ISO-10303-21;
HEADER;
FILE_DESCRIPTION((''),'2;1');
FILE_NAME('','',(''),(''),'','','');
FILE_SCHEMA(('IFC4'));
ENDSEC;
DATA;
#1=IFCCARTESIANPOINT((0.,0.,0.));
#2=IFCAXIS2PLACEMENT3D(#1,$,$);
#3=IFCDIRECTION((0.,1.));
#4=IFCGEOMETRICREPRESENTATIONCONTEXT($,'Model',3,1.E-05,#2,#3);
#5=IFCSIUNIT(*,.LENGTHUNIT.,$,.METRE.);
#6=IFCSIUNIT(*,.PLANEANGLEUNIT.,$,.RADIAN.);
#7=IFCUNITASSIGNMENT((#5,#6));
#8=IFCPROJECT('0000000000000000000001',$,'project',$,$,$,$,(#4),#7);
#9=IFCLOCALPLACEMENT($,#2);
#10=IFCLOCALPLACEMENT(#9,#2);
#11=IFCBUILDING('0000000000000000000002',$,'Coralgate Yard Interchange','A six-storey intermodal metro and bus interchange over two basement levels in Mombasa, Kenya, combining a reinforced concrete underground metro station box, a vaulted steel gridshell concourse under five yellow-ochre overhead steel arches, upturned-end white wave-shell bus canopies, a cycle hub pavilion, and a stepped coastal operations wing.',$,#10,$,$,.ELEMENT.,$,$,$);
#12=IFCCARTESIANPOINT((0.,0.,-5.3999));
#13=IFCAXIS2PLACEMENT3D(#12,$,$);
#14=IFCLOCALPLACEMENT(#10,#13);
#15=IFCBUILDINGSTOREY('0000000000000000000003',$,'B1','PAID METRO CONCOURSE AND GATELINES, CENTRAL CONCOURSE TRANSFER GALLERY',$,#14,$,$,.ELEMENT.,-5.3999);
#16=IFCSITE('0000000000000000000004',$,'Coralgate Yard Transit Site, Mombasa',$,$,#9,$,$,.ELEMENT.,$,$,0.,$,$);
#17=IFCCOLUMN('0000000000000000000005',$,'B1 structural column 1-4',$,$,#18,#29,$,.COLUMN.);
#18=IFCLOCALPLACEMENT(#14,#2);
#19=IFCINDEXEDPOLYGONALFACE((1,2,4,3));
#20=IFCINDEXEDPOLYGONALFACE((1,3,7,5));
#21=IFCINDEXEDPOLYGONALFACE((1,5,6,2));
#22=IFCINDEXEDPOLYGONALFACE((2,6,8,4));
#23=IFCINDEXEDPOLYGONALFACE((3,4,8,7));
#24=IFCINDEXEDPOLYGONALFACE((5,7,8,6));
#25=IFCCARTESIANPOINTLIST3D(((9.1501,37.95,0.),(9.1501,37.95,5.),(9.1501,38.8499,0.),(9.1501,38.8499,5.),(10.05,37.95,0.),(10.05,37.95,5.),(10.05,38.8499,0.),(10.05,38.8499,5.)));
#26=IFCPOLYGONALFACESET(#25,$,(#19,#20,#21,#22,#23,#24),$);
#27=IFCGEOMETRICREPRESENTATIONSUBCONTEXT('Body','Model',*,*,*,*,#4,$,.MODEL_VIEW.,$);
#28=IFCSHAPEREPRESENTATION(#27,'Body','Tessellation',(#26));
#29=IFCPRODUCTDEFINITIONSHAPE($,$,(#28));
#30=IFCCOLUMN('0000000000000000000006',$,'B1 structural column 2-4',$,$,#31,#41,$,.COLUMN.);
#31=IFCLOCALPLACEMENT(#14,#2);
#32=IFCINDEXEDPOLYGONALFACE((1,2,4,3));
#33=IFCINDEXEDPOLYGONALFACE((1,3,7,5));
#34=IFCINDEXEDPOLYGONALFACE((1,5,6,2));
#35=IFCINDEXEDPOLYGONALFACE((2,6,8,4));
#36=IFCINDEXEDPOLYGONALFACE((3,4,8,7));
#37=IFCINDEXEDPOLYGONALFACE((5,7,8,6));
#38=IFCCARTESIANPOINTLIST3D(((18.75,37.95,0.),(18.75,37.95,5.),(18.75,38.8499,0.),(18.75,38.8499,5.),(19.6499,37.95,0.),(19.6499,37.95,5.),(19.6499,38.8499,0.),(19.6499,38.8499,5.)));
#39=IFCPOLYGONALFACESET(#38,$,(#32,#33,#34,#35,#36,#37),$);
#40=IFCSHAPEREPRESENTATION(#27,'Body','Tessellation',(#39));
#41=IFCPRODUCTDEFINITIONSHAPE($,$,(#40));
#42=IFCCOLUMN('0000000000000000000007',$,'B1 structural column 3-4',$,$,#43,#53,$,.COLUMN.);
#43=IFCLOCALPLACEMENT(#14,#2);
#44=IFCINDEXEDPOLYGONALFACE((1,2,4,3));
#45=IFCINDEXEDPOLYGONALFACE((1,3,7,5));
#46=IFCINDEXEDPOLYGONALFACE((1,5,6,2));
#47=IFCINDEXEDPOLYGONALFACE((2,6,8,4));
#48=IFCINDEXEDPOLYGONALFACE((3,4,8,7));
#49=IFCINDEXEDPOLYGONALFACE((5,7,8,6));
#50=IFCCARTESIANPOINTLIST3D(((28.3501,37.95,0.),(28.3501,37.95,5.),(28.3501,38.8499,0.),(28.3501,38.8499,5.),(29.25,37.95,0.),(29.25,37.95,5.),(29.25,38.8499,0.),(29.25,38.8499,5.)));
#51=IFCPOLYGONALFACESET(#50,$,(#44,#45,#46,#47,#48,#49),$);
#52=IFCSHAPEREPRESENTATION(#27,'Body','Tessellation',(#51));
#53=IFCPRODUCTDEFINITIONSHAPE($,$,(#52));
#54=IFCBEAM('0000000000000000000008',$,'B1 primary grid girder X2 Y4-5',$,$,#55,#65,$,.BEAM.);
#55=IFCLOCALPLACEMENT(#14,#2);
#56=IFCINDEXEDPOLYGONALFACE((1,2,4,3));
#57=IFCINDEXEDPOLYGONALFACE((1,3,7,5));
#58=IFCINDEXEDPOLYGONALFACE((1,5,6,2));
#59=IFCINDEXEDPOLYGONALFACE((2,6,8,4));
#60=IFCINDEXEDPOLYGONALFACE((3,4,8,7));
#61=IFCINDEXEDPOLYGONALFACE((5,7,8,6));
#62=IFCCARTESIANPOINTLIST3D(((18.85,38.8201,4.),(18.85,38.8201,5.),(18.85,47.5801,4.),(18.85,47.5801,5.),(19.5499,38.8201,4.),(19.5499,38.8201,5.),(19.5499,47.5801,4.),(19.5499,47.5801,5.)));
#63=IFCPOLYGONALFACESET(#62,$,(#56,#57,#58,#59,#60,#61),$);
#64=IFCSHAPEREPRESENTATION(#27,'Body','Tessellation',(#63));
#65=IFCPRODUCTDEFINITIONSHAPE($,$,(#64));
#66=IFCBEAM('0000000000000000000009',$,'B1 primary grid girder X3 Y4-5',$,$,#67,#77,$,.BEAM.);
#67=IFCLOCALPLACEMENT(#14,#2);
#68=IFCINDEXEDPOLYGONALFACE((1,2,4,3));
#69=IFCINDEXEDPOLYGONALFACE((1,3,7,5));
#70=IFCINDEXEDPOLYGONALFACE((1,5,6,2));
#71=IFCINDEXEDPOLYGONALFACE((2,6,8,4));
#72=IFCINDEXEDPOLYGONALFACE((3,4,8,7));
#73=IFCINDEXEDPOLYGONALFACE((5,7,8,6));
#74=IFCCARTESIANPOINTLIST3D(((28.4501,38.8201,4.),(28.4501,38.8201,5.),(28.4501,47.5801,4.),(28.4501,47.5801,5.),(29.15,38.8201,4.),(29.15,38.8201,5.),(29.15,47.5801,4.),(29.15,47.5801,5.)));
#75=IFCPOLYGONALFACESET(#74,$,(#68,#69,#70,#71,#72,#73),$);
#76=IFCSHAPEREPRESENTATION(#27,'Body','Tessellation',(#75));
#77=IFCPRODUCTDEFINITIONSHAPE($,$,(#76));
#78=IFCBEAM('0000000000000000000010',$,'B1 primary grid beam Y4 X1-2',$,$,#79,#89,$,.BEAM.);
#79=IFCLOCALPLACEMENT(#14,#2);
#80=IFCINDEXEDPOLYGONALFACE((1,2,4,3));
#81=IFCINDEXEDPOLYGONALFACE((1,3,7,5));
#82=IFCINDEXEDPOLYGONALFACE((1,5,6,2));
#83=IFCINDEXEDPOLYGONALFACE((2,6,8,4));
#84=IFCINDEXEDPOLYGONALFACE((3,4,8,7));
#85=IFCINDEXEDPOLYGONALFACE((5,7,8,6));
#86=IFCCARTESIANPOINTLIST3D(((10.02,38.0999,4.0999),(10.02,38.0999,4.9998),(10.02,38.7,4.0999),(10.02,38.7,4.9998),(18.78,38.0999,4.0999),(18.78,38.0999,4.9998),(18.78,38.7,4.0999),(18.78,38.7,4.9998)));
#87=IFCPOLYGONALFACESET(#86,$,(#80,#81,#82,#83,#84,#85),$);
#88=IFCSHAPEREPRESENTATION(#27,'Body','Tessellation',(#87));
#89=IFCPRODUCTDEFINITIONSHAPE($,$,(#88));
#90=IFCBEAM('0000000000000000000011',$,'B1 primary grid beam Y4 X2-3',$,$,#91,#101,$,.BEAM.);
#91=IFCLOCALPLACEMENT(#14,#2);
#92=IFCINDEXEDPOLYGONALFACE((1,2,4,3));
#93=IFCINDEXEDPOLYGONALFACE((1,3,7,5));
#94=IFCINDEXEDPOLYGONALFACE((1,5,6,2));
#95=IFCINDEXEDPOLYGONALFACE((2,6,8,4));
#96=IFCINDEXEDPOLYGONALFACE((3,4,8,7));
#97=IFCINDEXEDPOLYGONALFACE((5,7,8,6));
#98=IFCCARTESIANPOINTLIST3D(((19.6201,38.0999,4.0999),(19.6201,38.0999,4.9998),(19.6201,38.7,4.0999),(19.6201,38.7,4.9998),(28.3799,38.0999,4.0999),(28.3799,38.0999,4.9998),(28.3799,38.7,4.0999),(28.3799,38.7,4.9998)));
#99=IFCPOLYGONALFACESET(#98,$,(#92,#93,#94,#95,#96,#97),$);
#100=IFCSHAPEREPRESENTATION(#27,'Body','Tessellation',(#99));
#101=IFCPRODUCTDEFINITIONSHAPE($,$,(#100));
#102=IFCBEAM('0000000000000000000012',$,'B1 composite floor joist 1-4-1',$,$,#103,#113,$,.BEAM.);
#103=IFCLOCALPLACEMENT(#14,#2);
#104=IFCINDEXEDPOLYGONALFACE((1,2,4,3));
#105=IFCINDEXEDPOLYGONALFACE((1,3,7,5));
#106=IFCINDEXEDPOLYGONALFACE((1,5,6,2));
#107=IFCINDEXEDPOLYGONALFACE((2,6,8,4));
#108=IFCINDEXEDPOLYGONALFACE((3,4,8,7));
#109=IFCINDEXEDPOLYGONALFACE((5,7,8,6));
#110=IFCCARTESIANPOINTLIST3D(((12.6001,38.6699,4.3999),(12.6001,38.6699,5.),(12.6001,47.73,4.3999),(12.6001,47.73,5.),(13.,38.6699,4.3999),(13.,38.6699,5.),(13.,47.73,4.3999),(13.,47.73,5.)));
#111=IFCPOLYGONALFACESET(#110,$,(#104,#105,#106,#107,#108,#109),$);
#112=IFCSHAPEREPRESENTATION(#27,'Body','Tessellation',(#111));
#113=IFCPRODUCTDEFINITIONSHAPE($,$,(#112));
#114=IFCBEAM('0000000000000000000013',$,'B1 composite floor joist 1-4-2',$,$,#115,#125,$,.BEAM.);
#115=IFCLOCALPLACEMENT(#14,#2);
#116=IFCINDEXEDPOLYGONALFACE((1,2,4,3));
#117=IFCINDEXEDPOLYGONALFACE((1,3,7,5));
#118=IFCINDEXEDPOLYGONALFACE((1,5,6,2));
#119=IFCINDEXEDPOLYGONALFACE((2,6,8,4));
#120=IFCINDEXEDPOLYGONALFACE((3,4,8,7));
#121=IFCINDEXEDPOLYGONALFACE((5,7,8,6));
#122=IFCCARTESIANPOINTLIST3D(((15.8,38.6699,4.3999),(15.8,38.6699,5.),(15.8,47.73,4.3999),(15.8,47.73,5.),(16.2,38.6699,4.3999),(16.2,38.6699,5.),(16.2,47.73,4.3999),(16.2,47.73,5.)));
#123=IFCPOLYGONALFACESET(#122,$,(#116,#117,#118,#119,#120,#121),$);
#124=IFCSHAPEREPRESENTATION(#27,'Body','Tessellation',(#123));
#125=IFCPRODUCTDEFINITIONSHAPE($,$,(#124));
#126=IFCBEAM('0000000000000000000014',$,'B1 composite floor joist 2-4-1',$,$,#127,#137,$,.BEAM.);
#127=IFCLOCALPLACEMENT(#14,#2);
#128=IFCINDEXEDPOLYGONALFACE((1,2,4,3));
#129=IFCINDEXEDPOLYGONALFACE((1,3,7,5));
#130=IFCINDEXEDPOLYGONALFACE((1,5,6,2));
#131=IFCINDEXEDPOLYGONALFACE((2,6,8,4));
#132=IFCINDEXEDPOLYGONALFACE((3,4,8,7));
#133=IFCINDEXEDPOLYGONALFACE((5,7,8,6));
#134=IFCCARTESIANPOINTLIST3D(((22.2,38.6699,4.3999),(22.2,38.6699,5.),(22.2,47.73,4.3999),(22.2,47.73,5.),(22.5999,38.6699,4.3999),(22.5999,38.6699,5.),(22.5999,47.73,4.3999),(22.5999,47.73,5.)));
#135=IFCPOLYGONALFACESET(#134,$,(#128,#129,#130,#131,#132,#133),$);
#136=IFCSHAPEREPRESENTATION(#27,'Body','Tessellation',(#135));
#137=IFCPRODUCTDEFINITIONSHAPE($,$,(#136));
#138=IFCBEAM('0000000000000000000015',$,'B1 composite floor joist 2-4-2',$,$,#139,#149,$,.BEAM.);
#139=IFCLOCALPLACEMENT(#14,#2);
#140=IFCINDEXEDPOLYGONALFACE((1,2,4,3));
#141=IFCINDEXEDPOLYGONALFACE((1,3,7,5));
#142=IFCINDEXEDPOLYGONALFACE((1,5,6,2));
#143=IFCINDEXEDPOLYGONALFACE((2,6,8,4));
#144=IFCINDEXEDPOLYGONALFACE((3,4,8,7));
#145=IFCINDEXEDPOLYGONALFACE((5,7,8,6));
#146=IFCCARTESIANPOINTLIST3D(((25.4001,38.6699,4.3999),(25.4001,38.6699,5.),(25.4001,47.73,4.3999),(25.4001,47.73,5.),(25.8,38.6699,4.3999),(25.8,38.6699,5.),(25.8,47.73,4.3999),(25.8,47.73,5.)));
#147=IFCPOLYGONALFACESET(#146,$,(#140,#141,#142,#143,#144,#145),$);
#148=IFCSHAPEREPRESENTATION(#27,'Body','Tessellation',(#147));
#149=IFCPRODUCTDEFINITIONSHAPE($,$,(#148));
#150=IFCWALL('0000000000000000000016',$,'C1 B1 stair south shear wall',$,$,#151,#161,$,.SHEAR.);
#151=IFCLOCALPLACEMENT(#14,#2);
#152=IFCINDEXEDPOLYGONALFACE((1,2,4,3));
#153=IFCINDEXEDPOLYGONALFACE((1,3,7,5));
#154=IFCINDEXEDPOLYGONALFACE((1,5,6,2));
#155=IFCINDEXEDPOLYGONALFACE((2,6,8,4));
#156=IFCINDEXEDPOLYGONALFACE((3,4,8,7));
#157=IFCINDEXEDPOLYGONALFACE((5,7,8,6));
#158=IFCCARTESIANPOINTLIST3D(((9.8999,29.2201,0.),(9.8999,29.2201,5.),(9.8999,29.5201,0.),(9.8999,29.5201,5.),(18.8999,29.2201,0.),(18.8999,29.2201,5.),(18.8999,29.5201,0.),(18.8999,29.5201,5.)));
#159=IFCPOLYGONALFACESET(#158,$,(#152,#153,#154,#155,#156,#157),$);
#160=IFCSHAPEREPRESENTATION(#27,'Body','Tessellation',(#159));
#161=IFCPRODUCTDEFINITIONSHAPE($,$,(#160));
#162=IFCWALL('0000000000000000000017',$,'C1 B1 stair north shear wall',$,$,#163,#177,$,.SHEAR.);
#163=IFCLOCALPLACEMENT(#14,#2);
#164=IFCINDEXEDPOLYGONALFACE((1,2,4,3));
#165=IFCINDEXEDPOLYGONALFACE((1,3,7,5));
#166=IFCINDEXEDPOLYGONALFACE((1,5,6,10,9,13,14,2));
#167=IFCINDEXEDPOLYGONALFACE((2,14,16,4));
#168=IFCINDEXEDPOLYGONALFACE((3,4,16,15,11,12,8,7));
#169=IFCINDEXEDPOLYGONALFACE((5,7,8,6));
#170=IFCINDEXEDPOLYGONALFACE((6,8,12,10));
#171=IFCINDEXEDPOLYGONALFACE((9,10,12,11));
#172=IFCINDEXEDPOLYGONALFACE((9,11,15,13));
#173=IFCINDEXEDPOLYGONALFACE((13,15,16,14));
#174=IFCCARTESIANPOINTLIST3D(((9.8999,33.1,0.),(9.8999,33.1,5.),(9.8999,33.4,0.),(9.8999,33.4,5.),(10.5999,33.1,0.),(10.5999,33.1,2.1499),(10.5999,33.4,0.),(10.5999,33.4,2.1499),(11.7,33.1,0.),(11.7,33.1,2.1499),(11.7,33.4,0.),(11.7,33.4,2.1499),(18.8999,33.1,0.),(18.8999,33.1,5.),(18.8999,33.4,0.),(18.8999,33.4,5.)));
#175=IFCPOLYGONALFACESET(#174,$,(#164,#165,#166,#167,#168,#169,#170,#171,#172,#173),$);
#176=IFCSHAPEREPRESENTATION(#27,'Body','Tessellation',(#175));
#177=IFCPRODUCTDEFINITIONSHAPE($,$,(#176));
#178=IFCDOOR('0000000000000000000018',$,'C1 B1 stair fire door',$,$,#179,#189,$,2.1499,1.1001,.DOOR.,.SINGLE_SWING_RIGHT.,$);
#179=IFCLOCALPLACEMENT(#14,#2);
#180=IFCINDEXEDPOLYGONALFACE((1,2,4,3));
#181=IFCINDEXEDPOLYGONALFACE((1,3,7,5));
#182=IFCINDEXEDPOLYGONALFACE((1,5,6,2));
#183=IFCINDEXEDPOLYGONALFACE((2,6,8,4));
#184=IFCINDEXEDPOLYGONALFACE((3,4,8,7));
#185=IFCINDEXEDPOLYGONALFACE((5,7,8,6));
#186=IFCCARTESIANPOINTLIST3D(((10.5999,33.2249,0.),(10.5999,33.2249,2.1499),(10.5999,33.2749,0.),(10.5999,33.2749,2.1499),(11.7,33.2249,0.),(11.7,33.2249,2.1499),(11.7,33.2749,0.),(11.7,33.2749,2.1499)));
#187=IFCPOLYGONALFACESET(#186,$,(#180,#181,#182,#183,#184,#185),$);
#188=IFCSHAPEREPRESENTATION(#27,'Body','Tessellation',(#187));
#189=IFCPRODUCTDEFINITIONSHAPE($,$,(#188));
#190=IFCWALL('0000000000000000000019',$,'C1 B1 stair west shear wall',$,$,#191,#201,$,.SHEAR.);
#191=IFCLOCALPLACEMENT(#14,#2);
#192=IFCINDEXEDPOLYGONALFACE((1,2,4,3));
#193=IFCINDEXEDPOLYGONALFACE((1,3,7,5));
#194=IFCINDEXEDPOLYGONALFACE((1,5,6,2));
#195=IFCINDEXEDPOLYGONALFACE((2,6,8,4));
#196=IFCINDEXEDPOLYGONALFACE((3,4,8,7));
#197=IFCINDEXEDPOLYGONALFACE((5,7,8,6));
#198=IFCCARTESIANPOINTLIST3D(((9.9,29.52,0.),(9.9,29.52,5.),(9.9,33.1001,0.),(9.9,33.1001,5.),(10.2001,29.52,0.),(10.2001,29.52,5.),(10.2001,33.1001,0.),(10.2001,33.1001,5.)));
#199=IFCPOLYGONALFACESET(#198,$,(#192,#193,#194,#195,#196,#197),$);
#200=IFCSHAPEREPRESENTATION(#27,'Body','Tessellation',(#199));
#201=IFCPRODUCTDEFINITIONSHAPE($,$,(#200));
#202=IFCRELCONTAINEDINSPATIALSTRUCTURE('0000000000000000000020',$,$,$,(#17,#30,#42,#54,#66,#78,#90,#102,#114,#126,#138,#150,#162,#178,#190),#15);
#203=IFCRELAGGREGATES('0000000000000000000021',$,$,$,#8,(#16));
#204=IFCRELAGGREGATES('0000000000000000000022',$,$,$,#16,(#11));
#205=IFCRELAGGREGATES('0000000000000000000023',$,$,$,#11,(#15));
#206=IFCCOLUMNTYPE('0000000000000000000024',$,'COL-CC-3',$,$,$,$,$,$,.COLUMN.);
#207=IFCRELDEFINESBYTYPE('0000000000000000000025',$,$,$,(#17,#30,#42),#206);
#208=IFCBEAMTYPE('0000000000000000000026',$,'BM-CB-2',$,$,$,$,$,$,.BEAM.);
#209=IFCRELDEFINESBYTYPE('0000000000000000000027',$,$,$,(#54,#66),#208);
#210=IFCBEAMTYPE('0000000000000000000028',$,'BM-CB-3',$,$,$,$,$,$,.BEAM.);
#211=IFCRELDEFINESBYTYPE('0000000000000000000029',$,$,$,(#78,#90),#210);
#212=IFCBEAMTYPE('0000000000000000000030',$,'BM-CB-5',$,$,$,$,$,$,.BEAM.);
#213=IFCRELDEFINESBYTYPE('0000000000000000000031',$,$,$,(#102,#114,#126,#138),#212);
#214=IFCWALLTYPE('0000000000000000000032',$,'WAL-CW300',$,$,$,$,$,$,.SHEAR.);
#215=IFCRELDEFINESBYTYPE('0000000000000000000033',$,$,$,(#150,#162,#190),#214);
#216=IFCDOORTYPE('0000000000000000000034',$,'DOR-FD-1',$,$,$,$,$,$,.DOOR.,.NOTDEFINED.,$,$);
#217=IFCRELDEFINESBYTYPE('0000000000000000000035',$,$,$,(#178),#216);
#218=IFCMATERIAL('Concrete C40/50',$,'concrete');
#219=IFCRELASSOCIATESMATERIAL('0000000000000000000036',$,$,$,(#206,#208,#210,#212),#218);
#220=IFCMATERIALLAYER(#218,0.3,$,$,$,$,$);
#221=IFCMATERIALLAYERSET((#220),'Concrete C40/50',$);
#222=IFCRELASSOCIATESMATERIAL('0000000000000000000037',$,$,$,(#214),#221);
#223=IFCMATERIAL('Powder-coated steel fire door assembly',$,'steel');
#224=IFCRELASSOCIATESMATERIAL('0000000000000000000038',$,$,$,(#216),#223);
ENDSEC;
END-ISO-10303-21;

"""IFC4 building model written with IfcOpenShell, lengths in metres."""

from ifc_helpers import new_model, si_unit, direction, frame, frame_2d, origin, origin_2d, place, context, subcontext, project, spatial, rectangle, extrude, material, layer, layer_set, material_profile, profile_set, type_object, element, fill, save


model = new_model("IFC4")

# Units and contexts
model_context = context("Model", 3, precision=1e-05, world=origin(), true_north=direction((0.0, 1.0)))
body_context = subcontext(model_context, "Body", "Model", "MODEL_VIEW")
ifc_project = project(units=[si_unit("LENGTHUNIT", "METRE"), si_unit("PLANEANGLEUNIT", "RADIAN")], contexts=[model_context])

# Site, building, storey
site_placement = place(None, origin())
site = spatial("IfcSite", under=ifc_project, at=site_placement, Name="Coralgate Yard Transit Site, Mombasa", CompositionType="ELEMENT", RefElevation=0.0)
building_placement = place(site_placement, origin())
building = spatial("IfcBuilding", under=site, at=building_placement, Name="Coralgate Yard Interchange", Description="A six-storey intermodal metro and bus interchange over two basement levels in Mombasa, Kenya, combining a reinforced concrete underground metro station box, a vaulted steel gridshell concourse under five yellow-ochre overhead steel arches, upturned-end white wave-shell bus canopies, a cycle hub pavilion, and a stepped coastal operations wing.", CompositionType="ELEMENT")
storey_placement = place(building_placement, frame((0.0, 0.0, -5.3999)))
storey = spatial("IfcBuildingStorey", under=building, at=storey_placement, Name="B1", Description="PAID METRO CONCOURSE AND GATELINES, CENTRAL CONCOURSE TRANSFER GALLERY", CompositionType="ELEMENT", Elevation=-5.3999)

# Columns
ifc_material_1 = material(Name="Concrete C40/50", Category="concrete")
ifc_material_profile_1 = material_profile(ifc_material_1, rectangle(XDim=0.8999, YDim=0.8999, at=origin_2d()), Name="RC 900x900")
ifc_profile_set_1 = profile_set([ifc_material_profile_1], Name="Concrete C40/50")
column_type = type_object("IfcColumnType", Name="COL-CC-3", PredefinedType="COLUMN", material=ifc_profile_set_1)
for number, where, z_axis, x_axis, name in (
    (1, (9.6001, 38.3999, 0.0), (0.0, 0.0, 1.0), (1.0, 0.0, 0.0), "B1 structural column 1-4"),
    (2, (19.2, 38.3999, 0.0), (0.0, 0.0, 1.0), (1.0, 0.0, 0.0), "B1 structural column 2-4"),
    (3, (28.8, 38.3999, 0.0), (0.0, 0.0, 1.0), (1.0, 0.0, 0.0), "B1 structural column 3-4"),
):
    element("IfcColumn", number, at=place(storey_placement, frame(where, z_axis=z_axis, x_axis=x_axis)), inside=storey, type_object=column_type, Name=name, PredefinedType="COLUMN", context=body_context, shape_type="SweptSolid", body=[
        extrude(rectangle(XDim=0.8999, YDim=0.8999, at=origin_2d()), origin(), (0.0, 0.0, 1.0), 5.0),
    ])

# Beams
ifc_material_profile_2 = material_profile(ifc_material_1, rectangle(XDim=0.7, YDim=1.0, at=origin_2d()), Name="RC 700x1000")
ifc_profile_set_2 = profile_set([ifc_material_profile_2], Name="Concrete C40/50")
beam_type_1 = type_object("IfcBeamType", Name="BM-CB-2", PredefinedType="BEAM", material=ifc_profile_set_2)
for number, where, z_axis, x_axis, name in (
    (4, (19.2, 38.8201, 4.5), (0.0, 1.0, 0.0), (-1.0, 0.0, 0.0), "B1 primary grid girder X2 Y4-5"),
    (5, (28.8, 38.8201, 4.5), (0.0, 1.0, 0.0), (-1.0, 0.0, 0.0), "B1 primary grid girder X3 Y4-5"),
):
    element("IfcBeam", number, at=place(storey_placement, frame(where, z_axis=z_axis, x_axis=x_axis)), inside=storey, type_object=beam_type_1, Name=name, PredefinedType="BEAM", context=body_context, shape_type="SweptSolid", body=[
        extrude(rectangle(XDim=0.7, YDim=1.0, at=origin_2d()), origin(), (0.0, 0.0, 1.0), 8.76),
    ])
ifc_material_profile_3 = material_profile(ifc_material_1, rectangle(XDim=0.6001, YDim=0.8999, at=origin_2d()), Name="RC 600x900")
ifc_profile_set_3 = profile_set([ifc_material_profile_3], Name="Concrete C40/50")
beam_type_2 = type_object("IfcBeamType", Name="BM-CB-3", PredefinedType="BEAM", material=ifc_profile_set_3)
beam_1_placement = place(storey_placement, frame((10.02, 38.3999, 4.5498), z_axis=(1.0, 0.0, 0.0), x_axis=(0.0, 1.0, 0.0)))
element("IfcBeam", 6, at=beam_1_placement, inside=storey, type_object=beam_type_2, Name="B1 primary grid beam Y4 X1-2", PredefinedType="BEAM", context=body_context, shape_type="SweptSolid", body=[
    extrude(rectangle(XDim=0.6001, YDim=0.8999, at=origin_2d()), origin(), (0.0, 0.0, 1.0), 8.76),
])
beam_2_placement = place(storey_placement, frame((19.6201, 38.3999, 4.5498), z_axis=(1.0, 0.0, 0.0), x_axis=(0.0, 1.0, 0.0)))
element("IfcBeam", 7, at=beam_2_placement, inside=storey, type_object=beam_type_2, Name="B1 primary grid beam Y4 X2-3", PredefinedType="BEAM", context=body_context, shape_type="SweptSolid", body=[
    extrude(rectangle(XDim=0.6001, YDim=0.8999, at=origin_2d()), origin(), (0.0, 0.0, 1.0), 8.7598),
])
ifc_material_profile_4 = material_profile(ifc_material_1, rectangle(XDim=0.3999, YDim=0.6001, at=origin_2d()), Name="RC 400x600")
ifc_profile_set_4 = profile_set([ifc_material_profile_4], Name="Concrete C40/50")
beam_type_3 = type_object("IfcBeamType", Name="BM-CB-5", PredefinedType="BEAM", material=ifc_profile_set_4)
for number, where, z_axis, x_axis, name in (
    (8, (12.8, 38.6699, 4.7), (0.0, 1.0, 0.0), (-1.0, 0.0, 0.0), "B1 composite floor joist 1-4-1"),
    (9, (16.0, 38.6699, 4.7), (0.0, 1.0, 0.0), (-1.0, 0.0, 0.0), "B1 composite floor joist 1-4-2"),
    (10, (22.3999, 38.6699, 4.7), (0.0, 1.0, 0.0), (-1.0, 0.0, 0.0), "B1 composite floor joist 2-4-1"),
    (11, (25.6001, 38.6699, 4.7), (0.0, 1.0, 0.0), (-1.0, 0.0, 0.0), "B1 composite floor joist 2-4-2"),
):
    element("IfcBeam", number, at=place(storey_placement, frame(where, z_axis=z_axis, x_axis=x_axis)), inside=storey, type_object=beam_type_3, Name=name, PredefinedType="BEAM", context=body_context, shape_type="SweptSolid", body=[
        extrude(rectangle(XDim=0.3999, YDim=0.6001, at=origin_2d()), origin(), (0.0, 0.0, 1.0), 9.0601),
    ])

# Wall
ifc_layer_1 = layer(ifc_material_1, 0.3)
ifc_layer_set_1 = layer_set([ifc_layer_1], Name="Concrete C40/50")
wall_type_1 = type_object("IfcWallType", Name="WAL-CW300", PredefinedType="SHEAR", material=ifc_layer_set_1)
wall_1_placement = place(storey_placement, frame((9.8999, 29.3701, 0.0), z_axis=(0.0, 0.0, 1.0), x_axis=(1.0, 0.0, 0.0)))
element("IfcWall", 12, at=wall_1_placement, inside=storey, type_object=wall_type_1, Name="C1 B1 stair south shear wall", PredefinedType="SHEAR", context=body_context, shape_type="SweptSolid", body=[
    extrude(rectangle(XDim=9.0, YDim=0.3, at=frame_2d((4.5, 0.0))), origin(), (0.0, 0.0, 1.0), 5.0),
])

# Wall, opening, door
wall_2_placement = place(storey_placement, frame((18.8999, 33.25, 0.0), z_axis=(0.0, 0.0, 1.0), x_axis=(-1.0, 0.0, 0.0)))
wall_2 = element("IfcWall", 13, at=wall_2_placement, inside=storey, type_object=wall_type_1, Name="C1 B1 stair north shear wall", PredefinedType="SHEAR", context=body_context, shape_type="SweptSolid", body=[
    extrude(rectangle(XDim=9.0, YDim=0.3, at=frame_2d((4.5, 0.0))), origin(), (0.0, 0.0, 1.0), 5.0),
])
opening_1_placement = place(wall_2_placement, frame((7.2, 0.0, 0.0)))
opening_1 = element("IfcOpeningElement", 14, at=opening_1_placement, cuts=wall_2, PredefinedType="OPENING", context=body_context, shape_type="SweptSolid", body=[
    extrude(rectangle(XDim=1.1001, YDim=2.1499, at=frame_2d((0.55, 1.075))), frame((0.0, 0.1599, 0.0), z_axis=(0.0, -1.0, 0.0), x_axis=(1.0, 0.0, 0.0)), (0.0, 0.0, 1.0), 0.3201),
])
ifc_material_2 = material(Name="Powder-coated steel fire door assembly", Category="steel")
door_type_1 = type_object("IfcDoorType", Name="DOR-FD-1", OperationType="NOTDEFINED", PredefinedType="DOOR", material=ifc_material_2)
door_1_placement = place(opening_1_placement, frame((1.1001, 0.0, 0.0), z_axis=(0.0, 0.0, 1.0), x_axis=(-1.0, 0.0, 0.0)))
door_1 = element("IfcDoor", 15, at=door_1_placement, inside=storey, type_object=door_type_1, Name="C1 B1 stair fire door", OperationType="SINGLE_SWING_RIGHT", OverallHeight=2.1499, OverallWidth=1.1001, PredefinedType="DOOR", context=body_context, shape_type="SweptSolid", body=[
    extrude(rectangle(XDim=1.1001, YDim=2.1499, at=frame_2d((0.55, 1.075))), frame((0.0, 0.0249, 0.0), z_axis=(0.0, -1.0, 0.0), x_axis=(1.0, 0.0, 0.0)), (0.0, 0.0, 1.0), 0.05),
])
fill(opening_1, door_1)

# Wall
for number, where, z_axis, x_axis, name in (
    (16, (10.05, 29.52, 0.0), (0.0, 0.0, 1.0), (0.0, 1.0, 0.0), "C1 B1 stair west shear wall"),
):
    element("IfcWall", number, at=place(storey_placement, frame(where, z_axis=z_axis, x_axis=x_axis)), inside=storey, type_object=wall_type_1, Name=name, PredefinedType="SHEAR", context=body_context, shape_type="SweptSolid", body=[
        extrude(rectangle(XDim=3.5801, YDim=0.3, at=frame_2d((1.79, 0.0))), origin(), (0.0, 0.0, 1.0), 5.0),
    ])

save(model, "model.ifc")
